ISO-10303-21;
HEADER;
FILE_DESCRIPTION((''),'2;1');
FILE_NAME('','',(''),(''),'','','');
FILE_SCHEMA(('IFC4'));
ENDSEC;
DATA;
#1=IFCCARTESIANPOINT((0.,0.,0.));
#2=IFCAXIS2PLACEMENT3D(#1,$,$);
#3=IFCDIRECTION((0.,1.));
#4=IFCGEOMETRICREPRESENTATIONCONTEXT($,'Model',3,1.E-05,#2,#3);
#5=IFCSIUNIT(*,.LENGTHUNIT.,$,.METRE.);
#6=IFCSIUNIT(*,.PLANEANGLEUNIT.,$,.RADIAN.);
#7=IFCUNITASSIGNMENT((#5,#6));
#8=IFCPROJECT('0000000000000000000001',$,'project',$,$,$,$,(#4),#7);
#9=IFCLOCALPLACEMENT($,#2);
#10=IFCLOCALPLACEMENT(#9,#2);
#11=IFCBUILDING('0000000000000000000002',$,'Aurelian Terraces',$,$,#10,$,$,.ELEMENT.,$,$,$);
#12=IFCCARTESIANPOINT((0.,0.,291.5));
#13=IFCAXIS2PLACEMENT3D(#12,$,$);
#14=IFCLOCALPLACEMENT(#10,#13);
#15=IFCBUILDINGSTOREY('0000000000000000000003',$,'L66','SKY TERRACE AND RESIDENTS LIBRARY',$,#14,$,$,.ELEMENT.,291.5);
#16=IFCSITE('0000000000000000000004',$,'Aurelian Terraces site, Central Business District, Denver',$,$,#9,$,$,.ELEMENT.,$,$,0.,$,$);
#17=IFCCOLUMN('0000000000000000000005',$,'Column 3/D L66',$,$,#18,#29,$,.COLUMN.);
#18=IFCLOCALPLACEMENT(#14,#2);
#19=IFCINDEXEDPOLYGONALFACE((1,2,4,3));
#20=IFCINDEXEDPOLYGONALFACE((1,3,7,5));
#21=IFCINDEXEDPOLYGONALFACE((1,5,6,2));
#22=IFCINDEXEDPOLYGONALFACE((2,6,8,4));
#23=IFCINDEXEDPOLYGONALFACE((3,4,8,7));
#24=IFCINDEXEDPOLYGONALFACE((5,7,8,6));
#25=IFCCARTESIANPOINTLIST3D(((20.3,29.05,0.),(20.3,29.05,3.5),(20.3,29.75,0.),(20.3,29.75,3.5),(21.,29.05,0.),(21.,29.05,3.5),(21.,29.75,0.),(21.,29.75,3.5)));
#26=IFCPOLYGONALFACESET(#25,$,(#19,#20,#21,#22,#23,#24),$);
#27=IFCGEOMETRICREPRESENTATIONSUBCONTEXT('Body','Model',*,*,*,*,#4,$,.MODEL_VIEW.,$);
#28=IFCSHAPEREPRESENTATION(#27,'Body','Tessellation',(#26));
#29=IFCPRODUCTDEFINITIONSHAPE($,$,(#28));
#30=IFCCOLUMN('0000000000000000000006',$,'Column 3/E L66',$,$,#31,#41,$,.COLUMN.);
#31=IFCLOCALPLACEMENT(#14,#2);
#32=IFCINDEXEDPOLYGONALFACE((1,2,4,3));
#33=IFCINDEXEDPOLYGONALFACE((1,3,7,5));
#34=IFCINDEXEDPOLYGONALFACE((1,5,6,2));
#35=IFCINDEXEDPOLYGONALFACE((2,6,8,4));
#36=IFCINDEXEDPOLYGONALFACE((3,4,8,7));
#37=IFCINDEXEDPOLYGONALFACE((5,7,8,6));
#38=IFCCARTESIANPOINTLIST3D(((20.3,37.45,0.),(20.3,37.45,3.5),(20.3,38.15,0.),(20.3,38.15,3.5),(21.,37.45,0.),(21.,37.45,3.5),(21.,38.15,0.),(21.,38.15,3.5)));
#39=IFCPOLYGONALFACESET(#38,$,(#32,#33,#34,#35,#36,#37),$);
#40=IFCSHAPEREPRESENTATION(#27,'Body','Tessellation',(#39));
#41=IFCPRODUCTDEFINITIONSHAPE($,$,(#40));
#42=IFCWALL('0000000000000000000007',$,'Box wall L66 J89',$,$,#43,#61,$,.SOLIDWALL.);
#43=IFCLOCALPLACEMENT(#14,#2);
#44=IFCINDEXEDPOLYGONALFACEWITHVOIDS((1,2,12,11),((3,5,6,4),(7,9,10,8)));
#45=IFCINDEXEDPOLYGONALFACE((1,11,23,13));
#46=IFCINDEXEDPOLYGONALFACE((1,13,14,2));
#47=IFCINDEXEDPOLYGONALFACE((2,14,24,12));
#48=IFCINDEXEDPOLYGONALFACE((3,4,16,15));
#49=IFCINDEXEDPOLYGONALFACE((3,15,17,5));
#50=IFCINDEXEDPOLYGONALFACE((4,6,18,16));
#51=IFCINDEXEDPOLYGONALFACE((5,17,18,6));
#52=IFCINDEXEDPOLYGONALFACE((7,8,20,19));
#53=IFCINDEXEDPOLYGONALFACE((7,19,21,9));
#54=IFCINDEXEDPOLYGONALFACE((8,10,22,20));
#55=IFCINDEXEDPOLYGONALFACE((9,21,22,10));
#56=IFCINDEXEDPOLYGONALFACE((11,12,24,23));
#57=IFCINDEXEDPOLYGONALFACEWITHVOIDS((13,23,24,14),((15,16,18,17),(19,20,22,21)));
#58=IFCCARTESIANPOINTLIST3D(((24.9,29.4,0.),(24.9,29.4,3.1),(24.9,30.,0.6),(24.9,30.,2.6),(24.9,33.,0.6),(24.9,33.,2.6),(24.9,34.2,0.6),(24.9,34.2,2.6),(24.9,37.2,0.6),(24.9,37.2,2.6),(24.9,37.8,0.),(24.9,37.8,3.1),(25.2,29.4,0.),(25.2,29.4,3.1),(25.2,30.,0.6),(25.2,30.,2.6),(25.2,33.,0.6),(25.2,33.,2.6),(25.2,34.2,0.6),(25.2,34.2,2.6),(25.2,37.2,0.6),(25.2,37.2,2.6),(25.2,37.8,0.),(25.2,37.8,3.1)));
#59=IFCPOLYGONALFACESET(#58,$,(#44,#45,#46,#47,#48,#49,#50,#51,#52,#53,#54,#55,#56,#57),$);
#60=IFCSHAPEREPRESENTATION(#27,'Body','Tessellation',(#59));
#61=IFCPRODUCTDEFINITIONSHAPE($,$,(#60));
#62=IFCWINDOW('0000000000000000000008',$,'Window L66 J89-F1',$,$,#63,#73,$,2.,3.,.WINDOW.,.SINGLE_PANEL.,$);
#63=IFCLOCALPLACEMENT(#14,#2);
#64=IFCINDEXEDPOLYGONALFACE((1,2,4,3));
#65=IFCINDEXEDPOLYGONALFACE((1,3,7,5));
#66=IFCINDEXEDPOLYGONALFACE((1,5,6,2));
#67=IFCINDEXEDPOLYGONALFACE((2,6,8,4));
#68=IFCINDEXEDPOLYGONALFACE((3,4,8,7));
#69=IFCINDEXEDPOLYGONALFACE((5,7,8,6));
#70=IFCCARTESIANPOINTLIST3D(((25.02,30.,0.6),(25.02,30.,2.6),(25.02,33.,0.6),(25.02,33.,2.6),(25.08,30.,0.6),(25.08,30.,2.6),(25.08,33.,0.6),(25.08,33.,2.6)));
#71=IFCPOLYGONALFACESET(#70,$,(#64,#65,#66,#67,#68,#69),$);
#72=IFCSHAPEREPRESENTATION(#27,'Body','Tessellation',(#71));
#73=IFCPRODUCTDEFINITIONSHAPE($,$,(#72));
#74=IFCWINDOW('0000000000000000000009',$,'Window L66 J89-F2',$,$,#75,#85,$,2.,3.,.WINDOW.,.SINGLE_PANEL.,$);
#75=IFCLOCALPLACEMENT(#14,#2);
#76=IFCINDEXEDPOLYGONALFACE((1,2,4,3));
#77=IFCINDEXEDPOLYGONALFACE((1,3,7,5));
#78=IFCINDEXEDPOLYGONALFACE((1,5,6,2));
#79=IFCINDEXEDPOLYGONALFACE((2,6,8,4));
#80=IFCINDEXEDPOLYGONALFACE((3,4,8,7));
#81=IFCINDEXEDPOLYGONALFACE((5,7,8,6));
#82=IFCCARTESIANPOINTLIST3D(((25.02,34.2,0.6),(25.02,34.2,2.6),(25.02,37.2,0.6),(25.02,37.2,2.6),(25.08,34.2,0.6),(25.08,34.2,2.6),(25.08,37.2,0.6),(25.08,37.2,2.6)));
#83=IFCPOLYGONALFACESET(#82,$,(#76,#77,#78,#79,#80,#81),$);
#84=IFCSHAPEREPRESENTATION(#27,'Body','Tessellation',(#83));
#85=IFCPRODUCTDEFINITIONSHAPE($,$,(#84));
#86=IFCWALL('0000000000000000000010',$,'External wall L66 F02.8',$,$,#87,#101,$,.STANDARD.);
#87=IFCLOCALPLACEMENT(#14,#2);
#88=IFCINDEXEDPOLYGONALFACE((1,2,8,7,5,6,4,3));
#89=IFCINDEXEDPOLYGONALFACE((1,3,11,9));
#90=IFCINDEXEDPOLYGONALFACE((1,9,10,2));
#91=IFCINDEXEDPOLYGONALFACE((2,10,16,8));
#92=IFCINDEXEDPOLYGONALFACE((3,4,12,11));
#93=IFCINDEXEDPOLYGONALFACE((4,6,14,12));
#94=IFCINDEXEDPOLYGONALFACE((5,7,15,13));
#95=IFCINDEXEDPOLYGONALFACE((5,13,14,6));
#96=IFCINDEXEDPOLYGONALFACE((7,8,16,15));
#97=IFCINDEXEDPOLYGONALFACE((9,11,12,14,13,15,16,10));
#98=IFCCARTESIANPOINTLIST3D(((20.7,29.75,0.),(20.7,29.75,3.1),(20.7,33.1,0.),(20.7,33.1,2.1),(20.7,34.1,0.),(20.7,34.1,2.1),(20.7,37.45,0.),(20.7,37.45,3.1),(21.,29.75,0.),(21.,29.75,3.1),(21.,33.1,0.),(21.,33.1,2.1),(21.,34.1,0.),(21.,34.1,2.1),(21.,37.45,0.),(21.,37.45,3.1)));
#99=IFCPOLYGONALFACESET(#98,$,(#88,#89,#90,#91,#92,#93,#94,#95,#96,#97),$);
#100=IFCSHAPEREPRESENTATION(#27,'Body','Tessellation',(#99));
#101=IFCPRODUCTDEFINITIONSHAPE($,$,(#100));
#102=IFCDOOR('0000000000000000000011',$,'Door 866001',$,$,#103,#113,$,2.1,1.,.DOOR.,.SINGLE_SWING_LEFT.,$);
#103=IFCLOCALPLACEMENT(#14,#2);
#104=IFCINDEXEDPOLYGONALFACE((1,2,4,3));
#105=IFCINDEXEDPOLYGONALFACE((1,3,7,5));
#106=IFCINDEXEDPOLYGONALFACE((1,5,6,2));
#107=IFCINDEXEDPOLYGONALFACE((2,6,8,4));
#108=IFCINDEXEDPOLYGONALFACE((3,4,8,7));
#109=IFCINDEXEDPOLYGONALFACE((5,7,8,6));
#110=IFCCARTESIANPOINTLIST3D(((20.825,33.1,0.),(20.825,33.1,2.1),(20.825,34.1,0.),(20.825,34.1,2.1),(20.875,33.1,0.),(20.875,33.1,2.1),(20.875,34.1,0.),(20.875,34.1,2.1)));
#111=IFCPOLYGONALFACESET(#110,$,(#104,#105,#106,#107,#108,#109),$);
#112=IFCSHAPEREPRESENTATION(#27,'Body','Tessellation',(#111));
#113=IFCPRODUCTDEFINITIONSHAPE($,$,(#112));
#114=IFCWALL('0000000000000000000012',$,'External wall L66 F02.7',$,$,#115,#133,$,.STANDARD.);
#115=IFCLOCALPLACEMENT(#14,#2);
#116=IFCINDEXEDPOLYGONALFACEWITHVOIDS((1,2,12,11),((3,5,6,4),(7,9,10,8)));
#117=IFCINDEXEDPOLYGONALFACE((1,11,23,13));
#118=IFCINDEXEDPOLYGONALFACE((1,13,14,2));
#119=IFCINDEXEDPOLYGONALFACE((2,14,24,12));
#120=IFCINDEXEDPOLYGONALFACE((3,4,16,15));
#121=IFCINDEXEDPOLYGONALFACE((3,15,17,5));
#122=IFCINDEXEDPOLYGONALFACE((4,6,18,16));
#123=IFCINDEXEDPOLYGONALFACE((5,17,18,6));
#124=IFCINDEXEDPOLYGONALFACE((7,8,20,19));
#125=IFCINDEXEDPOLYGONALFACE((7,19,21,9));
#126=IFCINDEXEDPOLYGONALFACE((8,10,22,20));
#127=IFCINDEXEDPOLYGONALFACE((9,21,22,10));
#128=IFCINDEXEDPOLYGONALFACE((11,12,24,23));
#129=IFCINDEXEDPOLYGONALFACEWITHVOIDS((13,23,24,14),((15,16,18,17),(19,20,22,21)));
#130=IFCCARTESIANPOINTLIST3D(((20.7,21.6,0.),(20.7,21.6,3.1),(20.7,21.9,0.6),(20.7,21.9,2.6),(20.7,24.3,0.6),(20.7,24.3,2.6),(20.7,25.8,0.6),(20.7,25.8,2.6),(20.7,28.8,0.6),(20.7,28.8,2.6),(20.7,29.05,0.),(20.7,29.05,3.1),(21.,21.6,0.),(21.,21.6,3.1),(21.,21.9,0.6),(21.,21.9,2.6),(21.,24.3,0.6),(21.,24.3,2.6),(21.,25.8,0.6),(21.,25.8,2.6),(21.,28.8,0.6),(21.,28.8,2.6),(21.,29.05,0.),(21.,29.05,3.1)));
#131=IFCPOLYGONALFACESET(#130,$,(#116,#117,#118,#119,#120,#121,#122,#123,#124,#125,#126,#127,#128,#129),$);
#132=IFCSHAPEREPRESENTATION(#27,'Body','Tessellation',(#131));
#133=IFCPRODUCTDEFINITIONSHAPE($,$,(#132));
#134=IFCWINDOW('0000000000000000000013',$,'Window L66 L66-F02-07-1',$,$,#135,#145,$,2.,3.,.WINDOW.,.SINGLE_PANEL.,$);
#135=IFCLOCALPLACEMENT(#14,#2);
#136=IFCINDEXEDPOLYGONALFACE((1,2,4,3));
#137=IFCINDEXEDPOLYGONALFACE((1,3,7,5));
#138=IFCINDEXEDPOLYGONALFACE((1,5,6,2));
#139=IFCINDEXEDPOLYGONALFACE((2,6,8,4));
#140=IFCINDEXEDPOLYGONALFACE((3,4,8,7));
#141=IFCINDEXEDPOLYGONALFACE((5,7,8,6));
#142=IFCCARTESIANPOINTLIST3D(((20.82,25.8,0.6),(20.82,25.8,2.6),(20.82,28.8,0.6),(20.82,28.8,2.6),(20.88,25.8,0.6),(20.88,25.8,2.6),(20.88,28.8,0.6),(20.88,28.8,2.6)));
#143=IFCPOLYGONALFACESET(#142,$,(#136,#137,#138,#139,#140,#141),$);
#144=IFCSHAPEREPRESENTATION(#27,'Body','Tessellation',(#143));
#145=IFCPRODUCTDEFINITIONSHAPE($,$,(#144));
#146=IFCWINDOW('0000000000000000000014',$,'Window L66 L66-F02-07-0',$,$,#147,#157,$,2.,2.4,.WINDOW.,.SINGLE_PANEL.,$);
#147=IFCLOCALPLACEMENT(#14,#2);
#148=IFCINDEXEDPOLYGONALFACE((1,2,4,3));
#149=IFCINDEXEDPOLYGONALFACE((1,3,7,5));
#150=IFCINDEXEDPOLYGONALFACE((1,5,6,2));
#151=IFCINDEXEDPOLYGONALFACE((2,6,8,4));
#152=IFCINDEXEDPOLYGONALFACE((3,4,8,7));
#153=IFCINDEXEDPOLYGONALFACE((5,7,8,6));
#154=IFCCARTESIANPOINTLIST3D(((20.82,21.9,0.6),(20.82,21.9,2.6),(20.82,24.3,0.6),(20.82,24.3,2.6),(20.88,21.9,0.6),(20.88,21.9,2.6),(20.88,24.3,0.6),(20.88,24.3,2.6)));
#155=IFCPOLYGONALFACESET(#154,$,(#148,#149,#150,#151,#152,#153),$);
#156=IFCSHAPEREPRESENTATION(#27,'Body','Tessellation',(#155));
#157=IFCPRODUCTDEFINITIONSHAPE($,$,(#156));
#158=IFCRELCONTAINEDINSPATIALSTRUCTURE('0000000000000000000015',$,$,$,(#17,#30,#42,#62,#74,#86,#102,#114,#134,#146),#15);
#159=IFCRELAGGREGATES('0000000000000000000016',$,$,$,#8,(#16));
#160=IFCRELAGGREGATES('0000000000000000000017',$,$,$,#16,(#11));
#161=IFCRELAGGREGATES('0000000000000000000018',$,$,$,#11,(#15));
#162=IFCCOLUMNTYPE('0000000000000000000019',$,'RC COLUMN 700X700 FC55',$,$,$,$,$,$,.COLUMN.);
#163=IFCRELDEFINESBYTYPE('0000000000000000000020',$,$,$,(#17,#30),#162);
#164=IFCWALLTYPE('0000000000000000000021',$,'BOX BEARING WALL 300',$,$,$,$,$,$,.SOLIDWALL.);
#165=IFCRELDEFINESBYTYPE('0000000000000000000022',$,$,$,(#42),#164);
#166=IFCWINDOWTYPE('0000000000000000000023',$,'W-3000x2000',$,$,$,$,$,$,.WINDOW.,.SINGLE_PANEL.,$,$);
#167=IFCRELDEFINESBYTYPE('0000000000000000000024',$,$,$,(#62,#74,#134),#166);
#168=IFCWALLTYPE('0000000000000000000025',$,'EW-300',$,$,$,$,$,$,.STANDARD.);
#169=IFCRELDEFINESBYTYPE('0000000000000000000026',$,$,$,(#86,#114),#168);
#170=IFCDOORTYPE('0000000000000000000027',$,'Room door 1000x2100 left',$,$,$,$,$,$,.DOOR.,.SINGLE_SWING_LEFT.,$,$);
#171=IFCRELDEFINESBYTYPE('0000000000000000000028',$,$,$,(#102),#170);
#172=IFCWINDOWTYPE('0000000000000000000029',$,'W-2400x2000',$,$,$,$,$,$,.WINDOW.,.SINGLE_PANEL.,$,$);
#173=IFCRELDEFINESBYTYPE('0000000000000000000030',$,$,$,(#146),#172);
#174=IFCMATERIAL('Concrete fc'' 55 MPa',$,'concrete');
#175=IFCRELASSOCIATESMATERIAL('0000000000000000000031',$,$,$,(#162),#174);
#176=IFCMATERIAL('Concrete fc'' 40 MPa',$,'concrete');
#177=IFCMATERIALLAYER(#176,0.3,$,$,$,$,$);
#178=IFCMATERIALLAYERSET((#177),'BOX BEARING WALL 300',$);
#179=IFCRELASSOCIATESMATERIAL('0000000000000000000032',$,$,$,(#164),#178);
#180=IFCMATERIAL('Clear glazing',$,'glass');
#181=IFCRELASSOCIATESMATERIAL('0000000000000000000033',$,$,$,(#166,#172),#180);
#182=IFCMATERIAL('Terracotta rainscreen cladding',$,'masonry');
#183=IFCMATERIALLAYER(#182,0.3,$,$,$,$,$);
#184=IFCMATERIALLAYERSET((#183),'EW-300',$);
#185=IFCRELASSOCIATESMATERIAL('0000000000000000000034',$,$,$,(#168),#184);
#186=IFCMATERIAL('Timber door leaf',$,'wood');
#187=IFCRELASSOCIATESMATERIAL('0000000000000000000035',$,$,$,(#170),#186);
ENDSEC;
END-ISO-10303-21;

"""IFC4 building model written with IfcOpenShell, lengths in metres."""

from ifc_helpers import new_model, si_unit, direction, frame, frame_2d, origin, origin_2d, place, context, subcontext, project, spatial, rectangle, extrude, source, transform, mapped, material, layer, layer_set, material_profile, profile_set, type_object, element, fill, save


model = new_model("IFC4")

# Units and contexts
model_context = context("Model", 3, precision=1e-05, world=origin(), true_north=direction((0.0, 1.0)))
body_context = subcontext(model_context, "Body", "Model", "MODEL_VIEW")
ifc_project = project(units=[si_unit("LENGTHUNIT", "METRE"), si_unit("PLANEANGLEUNIT", "RADIAN")], contexts=[model_context])

# Site, building, storey
site_placement = place(None, origin())
site = spatial("IfcSite", under=ifc_project, at=site_placement, Name="Aurelian Terraces site, Central Business District, Denver", CompositionType="ELEMENT", RefElevation=0.0)
building_placement = place(site_placement, origin())
building = spatial("IfcBuilding", under=site, at=building_placement, Name="Aurelian Terraces", CompositionType="ELEMENT")
storey_placement = place(building_placement, frame((0.0, 0.0, 291.5)))
storey = spatial("IfcBuildingStorey", under=building, at=storey_placement, Name="L66", Description="SKY TERRACE AND RESIDENTS LIBRARY", CompositionType="ELEMENT", Elevation=291.5)

# Columns
ifc_material_1 = material(Name="Concrete fc' 55 MPa", Category="concrete")
ifc_material_profile = material_profile(ifc_material_1, rectangle(XDim=0.7, YDim=0.7, at=origin_2d()))
ifc_profile_set = profile_set([ifc_material_profile], Name="Concrete fc' 55 MPa")
column_type = type_object("IfcColumnType", Name="RC COLUMN 700X700 FC55", PredefinedType="COLUMN", material=ifc_profile_set)
shared_shape_1 = source(origin(), body_context, "Body", "SweptSolid", [
    extrude(rectangle(XDim=0.7, YDim=0.7, at=origin_2d()), origin(), (0.0, 0.0, 1.0), 3.5),
])
for number, where, z_axis, x_axis, name in (
    (1, (20.65, 29.4, 0.0), (0.0, 0.0, 1.0), (1.0, 0.0, 0.0), "Column 3/D L66"),
    (2, (20.65, 37.8, 0.0), (0.0, 0.0, 1.0), (1.0, 0.0, 0.0), "Column 3/E L66"),
):
    element("IfcColumn", number, at=place(storey_placement, frame(where, z_axis=z_axis, x_axis=x_axis)), inside=storey, type_object=column_type, Name=name, PredefinedType="COLUMN", context=body_context, shape_type="MappedRepresentation", body=[
        mapped(shared_shape_1, transform((0.0, 0.0, 0.0), scale=1.0)),
    ])

# Wall, openings, windows
ifc_material_2 = material(Name="Concrete fc' 40 MPa", Category="concrete")
ifc_layer_1 = layer(ifc_material_2, 0.3)
ifc_layer_set_1 = layer_set([ifc_layer_1], Name="BOX BEARING WALL 300")
wall_type_1 = type_object("IfcWallType", Name="BOX BEARING WALL 300", PredefinedType="SOLIDWALL", material=ifc_layer_set_1)
wall_1_placement = place(storey_placement, frame((25.05, 29.4, 0.0), z_axis=(0.0, 0.0, 1.0), x_axis=(0.0, 1.0, 0.0)))
wall_1 = element("IfcWall", 3, at=wall_1_placement, inside=storey, type_object=wall_type_1, Name="Box wall L66 J89", PredefinedType="SOLIDWALL", context=body_context, shape_type="SweptSolid", body=[
    extrude(rectangle(XDim=8.4, YDim=0.3, at=frame_2d((4.2, 0.0))), origin(), (0.0, 0.0, 1.0), 3.1),
])
shared_shape_2 = source(origin(), body_context, "Body", "SweptSolid", [
    extrude(rectangle(XDim=3.0, YDim=2.0, at=frame_2d((1.5, 1.0))), frame((0.0, 0.16, 0.0), z_axis=(0.0, -1.0, 0.0), x_axis=(1.0, 0.0, 0.0)), (0.0, 0.0, 1.0), 0.32),
])
opening_1_placement = place(wall_1_placement, frame((0.6, 0.0, 0.6)))
opening_1 = element("IfcOpeningElement", 4, at=opening_1_placement, cuts=wall_1, PredefinedType="OPENING", context=body_context, shape_type="MappedRepresentation", body=[
    mapped(shared_shape_2, transform((0.0, 0.0, 0.0), scale=1.0)),
])
opening_2_placement = place(wall_1_placement, frame((4.8, 0.0, 0.6)))
opening_2 = element("IfcOpeningElement", 5, at=opening_2_placement, cuts=wall_1, PredefinedType="OPENING", context=body_context, shape_type="MappedRepresentation", body=[
    mapped(shared_shape_2, transform((0.0, 0.0, 0.0), scale=1.0)),
])
ifc_material_3 = material(Name="Clear glazing", Category="glass")
window_type_1 = type_object("IfcWindowType", Name="W-3000x2000", PartitioningType="SINGLE_PANEL", PredefinedType="WINDOW", material=ifc_material_3)
shared_shape_3 = source(origin(), body_context, "Body", "SweptSolid", [
    extrude(rectangle(XDim=3.0, YDim=2.0, at=frame_2d((1.5, 1.0))), frame((0.0, 0.03, 0.0), z_axis=(0.0, -1.0, 0.0), x_axis=(1.0, 0.0, 0.0)), (0.0, 0.0, 1.0), 0.06),
])
window_1_placement = place(opening_1_placement, origin())
window_1 = element("IfcWindow", 6, at=window_1_placement, inside=storey, type_object=window_type_1, Name="Window L66 J89-F1", OverallHeight=2.0, OverallWidth=3.0, PartitioningType="SINGLE_PANEL", PredefinedType="WINDOW", context=body_context, shape_type="MappedRepresentation", body=[
    mapped(shared_shape_3, transform((0.0, 0.0, 0.0), scale=1.0)),
])
fill(opening_1, window_1)
window_2_placement = place(opening_2_placement, origin())
window_2 = element("IfcWindow", 7, at=window_2_placement, inside=storey, type_object=window_type_1, Name="Window L66 J89-F2", OverallHeight=2.0, OverallWidth=3.0, PartitioningType="SINGLE_PANEL", PredefinedType="WINDOW", context=body_context, shape_type="MappedRepresentation", body=[
    mapped(shared_shape_3, transform((0.0, 0.0, 0.0), scale=1.0)),
])
fill(opening_2, window_2)

# Wall, opening, door
ifc_material_4 = material(Name="Terracotta rainscreen cladding", Category="masonry")
ifc_layer_2 = layer(ifc_material_4, 0.3)
ifc_layer_set_2 = layer_set([ifc_layer_2], Name="EW-300")
wall_type_2 = type_object("IfcWallType", Name="EW-300", PredefinedType="STANDARD", material=ifc_layer_set_2)
shared_shape_4 = source(origin(), body_context, "Body", "SweptSolid", [
    extrude(rectangle(XDim=7.7, YDim=0.3, at=frame_2d((3.85, 0.0))), origin(), (0.0, 0.0, 1.0), 3.1),
])
wall_2_placement = place(storey_placement, frame((20.85, 29.75, 0.0), z_axis=(0.0, 0.0, 1.0), x_axis=(0.0, 1.0, 0.0)))
wall_2 = element("IfcWall", 8, at=wall_2_placement, inside=storey, type_object=wall_type_2, Name="External wall L66 F02.8", PredefinedType="STANDARD", context=body_context, shape_type="MappedRepresentation", body=[
    mapped(shared_shape_4, transform((0.0, 0.0, 0.0), scale=1.0)),
])
shared_shape_5 = source(origin(), body_context, "Body", "SweptSolid", [
    extrude(rectangle(XDim=1.0, YDim=2.1, at=frame_2d((0.5, 1.05))), frame((0.0, 0.16, 0.0), z_axis=(0.0, -1.0, 0.0), x_axis=(1.0, 0.0, 0.0)), (0.0, 0.0, 1.0), 0.32),
])
opening_3_placement = place(wall_2_placement, frame((3.35, 0.0, 0.0)))
opening_3 = element("IfcOpeningElement", 9, at=opening_3_placement, cuts=wall_2, PredefinedType="OPENING", context=body_context, shape_type="MappedRepresentation", body=[
    mapped(shared_shape_5, transform((0.0, 0.0, 0.0), scale=1.0)),
])
ifc_material_5 = material(Name="Timber door leaf", Category="wood")
door_type = type_object("IfcDoorType", Name="Room door 1000x2100 left", OperationType="SINGLE_SWING_LEFT", PredefinedType="DOOR", material=ifc_material_5)
shared_shape_6 = source(origin(), body_context, "Body", "SweptSolid", [
    extrude(rectangle(XDim=1.0, YDim=2.1, at=frame_2d((0.5, 1.05))), frame((0.0, 0.025, 0.0), z_axis=(0.0, -1.0, 0.0), x_axis=(1.0, 0.0, 0.0)), (0.0, 0.0, 1.0), 0.05),
])
door_placement = place(opening_3_placement, origin())
door = element("IfcDoor", 10, at=door_placement, inside=storey, type_object=door_type, Name="Door 866001", OperationType="SINGLE_SWING_LEFT", OverallHeight=2.1, OverallWidth=1.0, PredefinedType="DOOR", context=body_context, shape_type="MappedRepresentation", body=[
    mapped(shared_shape_6, transform((0.0, 0.0, 0.0), scale=1.0)),
])
fill(opening_3, door)

# Wall, openings, windows
shared_shape_7 = source(origin(), body_context, "Body", "SweptSolid", [
    extrude(rectangle(XDim=7.45, YDim=0.3, at=frame_2d((3.725, 0.0))), origin(), (0.0, 0.0, 1.0), 3.1),
])
wall_3_placement = place(storey_placement, frame((20.85, 21.6, 0.0), z_axis=(0.0, 0.0, 1.0), x_axis=(0.0, 1.0, 0.0)))
wall_3 = element("IfcWall", 11, at=wall_3_placement, inside=storey, type_object=wall_type_2, Name="External wall L66 F02.7", PredefinedType="STANDARD", context=body_context, shape_type="MappedRepresentation", body=[
    mapped(shared_shape_7, transform((0.0, 0.0, 0.0), scale=1.0)),
])
shared_shape_8 = source(origin(), body_context, "Body", "SweptSolid", [
    extrude(rectangle(XDim=2.4, YDim=2.0, at=frame_2d((1.2, 1.0))), frame((0.0, 0.16, 0.0), z_axis=(0.0, -1.0, 0.0), x_axis=(1.0, 0.0, 0.0)), (0.0, 0.0, 1.0), 0.32),
])
opening_4_placement = place(wall_3_placement, frame((0.3, 0.0, 0.6)))
opening_4 = element("IfcOpeningElement", 12, at=opening_4_placement, cuts=wall_3, PredefinedType="OPENING", context=body_context, shape_type="MappedRepresentation", body=[
    mapped(shared_shape_8, transform((0.0, 0.0, 0.0), scale=1.0)),
])
opening_5_placement = place(wall_3_placement, frame((4.2, 0.0, 0.6)))
opening_5 = element("IfcOpeningElement", 13, at=opening_5_placement, cuts=wall_3, PredefinedType="OPENING", context=body_context, shape_type="MappedRepresentation", body=[
    mapped(shared_shape_2, transform((0.0, 0.0, 0.0), scale=1.0)),
])
window_3_placement = place(opening_5_placement, origin())
window_3 = element("IfcWindow", 14, at=window_3_placement, inside=storey, type_object=window_type_1, Name="Window L66 L66-F02-07-1", OverallHeight=2.0, OverallWidth=3.0, PartitioningType="SINGLE_PANEL", PredefinedType="WINDOW", context=body_context, shape_type="MappedRepresentation", body=[
    mapped(shared_shape_3, transform((0.0, 0.0, 0.0), scale=1.0)),
])
fill(opening_5, window_3)
window_type_2 = type_object("IfcWindowType", Name="W-2400x2000", PartitioningType="SINGLE_PANEL", PredefinedType="WINDOW", material=ifc_material_3)
shared_shape_9 = source(origin(), body_context, "Body", "SweptSolid", [
    extrude(rectangle(XDim=2.4, YDim=2.0, at=frame_2d((1.2, 1.0))), frame((0.0, 0.03, 0.0), z_axis=(0.0, -1.0, 0.0), x_axis=(1.0, 0.0, 0.0)), (0.0, 0.0, 1.0), 0.06),
])
window_4_placement = place(opening_4_placement, origin())
window_4 = element("IfcWindow", 15, at=window_4_placement, inside=storey, type_object=window_type_2, Name="Window L66 L66-F02-07-0", OverallHeight=2.0, OverallWidth=2.4, PartitioningType="SINGLE_PANEL", PredefinedType="WINDOW", context=body_context, shape_type="MappedRepresentation", body=[
    mapped(shared_shape_9, transform((0.0, 0.0, 0.0), scale=1.0)),
])
fill(opening_4, window_4)

save(model, "model.ifc")
